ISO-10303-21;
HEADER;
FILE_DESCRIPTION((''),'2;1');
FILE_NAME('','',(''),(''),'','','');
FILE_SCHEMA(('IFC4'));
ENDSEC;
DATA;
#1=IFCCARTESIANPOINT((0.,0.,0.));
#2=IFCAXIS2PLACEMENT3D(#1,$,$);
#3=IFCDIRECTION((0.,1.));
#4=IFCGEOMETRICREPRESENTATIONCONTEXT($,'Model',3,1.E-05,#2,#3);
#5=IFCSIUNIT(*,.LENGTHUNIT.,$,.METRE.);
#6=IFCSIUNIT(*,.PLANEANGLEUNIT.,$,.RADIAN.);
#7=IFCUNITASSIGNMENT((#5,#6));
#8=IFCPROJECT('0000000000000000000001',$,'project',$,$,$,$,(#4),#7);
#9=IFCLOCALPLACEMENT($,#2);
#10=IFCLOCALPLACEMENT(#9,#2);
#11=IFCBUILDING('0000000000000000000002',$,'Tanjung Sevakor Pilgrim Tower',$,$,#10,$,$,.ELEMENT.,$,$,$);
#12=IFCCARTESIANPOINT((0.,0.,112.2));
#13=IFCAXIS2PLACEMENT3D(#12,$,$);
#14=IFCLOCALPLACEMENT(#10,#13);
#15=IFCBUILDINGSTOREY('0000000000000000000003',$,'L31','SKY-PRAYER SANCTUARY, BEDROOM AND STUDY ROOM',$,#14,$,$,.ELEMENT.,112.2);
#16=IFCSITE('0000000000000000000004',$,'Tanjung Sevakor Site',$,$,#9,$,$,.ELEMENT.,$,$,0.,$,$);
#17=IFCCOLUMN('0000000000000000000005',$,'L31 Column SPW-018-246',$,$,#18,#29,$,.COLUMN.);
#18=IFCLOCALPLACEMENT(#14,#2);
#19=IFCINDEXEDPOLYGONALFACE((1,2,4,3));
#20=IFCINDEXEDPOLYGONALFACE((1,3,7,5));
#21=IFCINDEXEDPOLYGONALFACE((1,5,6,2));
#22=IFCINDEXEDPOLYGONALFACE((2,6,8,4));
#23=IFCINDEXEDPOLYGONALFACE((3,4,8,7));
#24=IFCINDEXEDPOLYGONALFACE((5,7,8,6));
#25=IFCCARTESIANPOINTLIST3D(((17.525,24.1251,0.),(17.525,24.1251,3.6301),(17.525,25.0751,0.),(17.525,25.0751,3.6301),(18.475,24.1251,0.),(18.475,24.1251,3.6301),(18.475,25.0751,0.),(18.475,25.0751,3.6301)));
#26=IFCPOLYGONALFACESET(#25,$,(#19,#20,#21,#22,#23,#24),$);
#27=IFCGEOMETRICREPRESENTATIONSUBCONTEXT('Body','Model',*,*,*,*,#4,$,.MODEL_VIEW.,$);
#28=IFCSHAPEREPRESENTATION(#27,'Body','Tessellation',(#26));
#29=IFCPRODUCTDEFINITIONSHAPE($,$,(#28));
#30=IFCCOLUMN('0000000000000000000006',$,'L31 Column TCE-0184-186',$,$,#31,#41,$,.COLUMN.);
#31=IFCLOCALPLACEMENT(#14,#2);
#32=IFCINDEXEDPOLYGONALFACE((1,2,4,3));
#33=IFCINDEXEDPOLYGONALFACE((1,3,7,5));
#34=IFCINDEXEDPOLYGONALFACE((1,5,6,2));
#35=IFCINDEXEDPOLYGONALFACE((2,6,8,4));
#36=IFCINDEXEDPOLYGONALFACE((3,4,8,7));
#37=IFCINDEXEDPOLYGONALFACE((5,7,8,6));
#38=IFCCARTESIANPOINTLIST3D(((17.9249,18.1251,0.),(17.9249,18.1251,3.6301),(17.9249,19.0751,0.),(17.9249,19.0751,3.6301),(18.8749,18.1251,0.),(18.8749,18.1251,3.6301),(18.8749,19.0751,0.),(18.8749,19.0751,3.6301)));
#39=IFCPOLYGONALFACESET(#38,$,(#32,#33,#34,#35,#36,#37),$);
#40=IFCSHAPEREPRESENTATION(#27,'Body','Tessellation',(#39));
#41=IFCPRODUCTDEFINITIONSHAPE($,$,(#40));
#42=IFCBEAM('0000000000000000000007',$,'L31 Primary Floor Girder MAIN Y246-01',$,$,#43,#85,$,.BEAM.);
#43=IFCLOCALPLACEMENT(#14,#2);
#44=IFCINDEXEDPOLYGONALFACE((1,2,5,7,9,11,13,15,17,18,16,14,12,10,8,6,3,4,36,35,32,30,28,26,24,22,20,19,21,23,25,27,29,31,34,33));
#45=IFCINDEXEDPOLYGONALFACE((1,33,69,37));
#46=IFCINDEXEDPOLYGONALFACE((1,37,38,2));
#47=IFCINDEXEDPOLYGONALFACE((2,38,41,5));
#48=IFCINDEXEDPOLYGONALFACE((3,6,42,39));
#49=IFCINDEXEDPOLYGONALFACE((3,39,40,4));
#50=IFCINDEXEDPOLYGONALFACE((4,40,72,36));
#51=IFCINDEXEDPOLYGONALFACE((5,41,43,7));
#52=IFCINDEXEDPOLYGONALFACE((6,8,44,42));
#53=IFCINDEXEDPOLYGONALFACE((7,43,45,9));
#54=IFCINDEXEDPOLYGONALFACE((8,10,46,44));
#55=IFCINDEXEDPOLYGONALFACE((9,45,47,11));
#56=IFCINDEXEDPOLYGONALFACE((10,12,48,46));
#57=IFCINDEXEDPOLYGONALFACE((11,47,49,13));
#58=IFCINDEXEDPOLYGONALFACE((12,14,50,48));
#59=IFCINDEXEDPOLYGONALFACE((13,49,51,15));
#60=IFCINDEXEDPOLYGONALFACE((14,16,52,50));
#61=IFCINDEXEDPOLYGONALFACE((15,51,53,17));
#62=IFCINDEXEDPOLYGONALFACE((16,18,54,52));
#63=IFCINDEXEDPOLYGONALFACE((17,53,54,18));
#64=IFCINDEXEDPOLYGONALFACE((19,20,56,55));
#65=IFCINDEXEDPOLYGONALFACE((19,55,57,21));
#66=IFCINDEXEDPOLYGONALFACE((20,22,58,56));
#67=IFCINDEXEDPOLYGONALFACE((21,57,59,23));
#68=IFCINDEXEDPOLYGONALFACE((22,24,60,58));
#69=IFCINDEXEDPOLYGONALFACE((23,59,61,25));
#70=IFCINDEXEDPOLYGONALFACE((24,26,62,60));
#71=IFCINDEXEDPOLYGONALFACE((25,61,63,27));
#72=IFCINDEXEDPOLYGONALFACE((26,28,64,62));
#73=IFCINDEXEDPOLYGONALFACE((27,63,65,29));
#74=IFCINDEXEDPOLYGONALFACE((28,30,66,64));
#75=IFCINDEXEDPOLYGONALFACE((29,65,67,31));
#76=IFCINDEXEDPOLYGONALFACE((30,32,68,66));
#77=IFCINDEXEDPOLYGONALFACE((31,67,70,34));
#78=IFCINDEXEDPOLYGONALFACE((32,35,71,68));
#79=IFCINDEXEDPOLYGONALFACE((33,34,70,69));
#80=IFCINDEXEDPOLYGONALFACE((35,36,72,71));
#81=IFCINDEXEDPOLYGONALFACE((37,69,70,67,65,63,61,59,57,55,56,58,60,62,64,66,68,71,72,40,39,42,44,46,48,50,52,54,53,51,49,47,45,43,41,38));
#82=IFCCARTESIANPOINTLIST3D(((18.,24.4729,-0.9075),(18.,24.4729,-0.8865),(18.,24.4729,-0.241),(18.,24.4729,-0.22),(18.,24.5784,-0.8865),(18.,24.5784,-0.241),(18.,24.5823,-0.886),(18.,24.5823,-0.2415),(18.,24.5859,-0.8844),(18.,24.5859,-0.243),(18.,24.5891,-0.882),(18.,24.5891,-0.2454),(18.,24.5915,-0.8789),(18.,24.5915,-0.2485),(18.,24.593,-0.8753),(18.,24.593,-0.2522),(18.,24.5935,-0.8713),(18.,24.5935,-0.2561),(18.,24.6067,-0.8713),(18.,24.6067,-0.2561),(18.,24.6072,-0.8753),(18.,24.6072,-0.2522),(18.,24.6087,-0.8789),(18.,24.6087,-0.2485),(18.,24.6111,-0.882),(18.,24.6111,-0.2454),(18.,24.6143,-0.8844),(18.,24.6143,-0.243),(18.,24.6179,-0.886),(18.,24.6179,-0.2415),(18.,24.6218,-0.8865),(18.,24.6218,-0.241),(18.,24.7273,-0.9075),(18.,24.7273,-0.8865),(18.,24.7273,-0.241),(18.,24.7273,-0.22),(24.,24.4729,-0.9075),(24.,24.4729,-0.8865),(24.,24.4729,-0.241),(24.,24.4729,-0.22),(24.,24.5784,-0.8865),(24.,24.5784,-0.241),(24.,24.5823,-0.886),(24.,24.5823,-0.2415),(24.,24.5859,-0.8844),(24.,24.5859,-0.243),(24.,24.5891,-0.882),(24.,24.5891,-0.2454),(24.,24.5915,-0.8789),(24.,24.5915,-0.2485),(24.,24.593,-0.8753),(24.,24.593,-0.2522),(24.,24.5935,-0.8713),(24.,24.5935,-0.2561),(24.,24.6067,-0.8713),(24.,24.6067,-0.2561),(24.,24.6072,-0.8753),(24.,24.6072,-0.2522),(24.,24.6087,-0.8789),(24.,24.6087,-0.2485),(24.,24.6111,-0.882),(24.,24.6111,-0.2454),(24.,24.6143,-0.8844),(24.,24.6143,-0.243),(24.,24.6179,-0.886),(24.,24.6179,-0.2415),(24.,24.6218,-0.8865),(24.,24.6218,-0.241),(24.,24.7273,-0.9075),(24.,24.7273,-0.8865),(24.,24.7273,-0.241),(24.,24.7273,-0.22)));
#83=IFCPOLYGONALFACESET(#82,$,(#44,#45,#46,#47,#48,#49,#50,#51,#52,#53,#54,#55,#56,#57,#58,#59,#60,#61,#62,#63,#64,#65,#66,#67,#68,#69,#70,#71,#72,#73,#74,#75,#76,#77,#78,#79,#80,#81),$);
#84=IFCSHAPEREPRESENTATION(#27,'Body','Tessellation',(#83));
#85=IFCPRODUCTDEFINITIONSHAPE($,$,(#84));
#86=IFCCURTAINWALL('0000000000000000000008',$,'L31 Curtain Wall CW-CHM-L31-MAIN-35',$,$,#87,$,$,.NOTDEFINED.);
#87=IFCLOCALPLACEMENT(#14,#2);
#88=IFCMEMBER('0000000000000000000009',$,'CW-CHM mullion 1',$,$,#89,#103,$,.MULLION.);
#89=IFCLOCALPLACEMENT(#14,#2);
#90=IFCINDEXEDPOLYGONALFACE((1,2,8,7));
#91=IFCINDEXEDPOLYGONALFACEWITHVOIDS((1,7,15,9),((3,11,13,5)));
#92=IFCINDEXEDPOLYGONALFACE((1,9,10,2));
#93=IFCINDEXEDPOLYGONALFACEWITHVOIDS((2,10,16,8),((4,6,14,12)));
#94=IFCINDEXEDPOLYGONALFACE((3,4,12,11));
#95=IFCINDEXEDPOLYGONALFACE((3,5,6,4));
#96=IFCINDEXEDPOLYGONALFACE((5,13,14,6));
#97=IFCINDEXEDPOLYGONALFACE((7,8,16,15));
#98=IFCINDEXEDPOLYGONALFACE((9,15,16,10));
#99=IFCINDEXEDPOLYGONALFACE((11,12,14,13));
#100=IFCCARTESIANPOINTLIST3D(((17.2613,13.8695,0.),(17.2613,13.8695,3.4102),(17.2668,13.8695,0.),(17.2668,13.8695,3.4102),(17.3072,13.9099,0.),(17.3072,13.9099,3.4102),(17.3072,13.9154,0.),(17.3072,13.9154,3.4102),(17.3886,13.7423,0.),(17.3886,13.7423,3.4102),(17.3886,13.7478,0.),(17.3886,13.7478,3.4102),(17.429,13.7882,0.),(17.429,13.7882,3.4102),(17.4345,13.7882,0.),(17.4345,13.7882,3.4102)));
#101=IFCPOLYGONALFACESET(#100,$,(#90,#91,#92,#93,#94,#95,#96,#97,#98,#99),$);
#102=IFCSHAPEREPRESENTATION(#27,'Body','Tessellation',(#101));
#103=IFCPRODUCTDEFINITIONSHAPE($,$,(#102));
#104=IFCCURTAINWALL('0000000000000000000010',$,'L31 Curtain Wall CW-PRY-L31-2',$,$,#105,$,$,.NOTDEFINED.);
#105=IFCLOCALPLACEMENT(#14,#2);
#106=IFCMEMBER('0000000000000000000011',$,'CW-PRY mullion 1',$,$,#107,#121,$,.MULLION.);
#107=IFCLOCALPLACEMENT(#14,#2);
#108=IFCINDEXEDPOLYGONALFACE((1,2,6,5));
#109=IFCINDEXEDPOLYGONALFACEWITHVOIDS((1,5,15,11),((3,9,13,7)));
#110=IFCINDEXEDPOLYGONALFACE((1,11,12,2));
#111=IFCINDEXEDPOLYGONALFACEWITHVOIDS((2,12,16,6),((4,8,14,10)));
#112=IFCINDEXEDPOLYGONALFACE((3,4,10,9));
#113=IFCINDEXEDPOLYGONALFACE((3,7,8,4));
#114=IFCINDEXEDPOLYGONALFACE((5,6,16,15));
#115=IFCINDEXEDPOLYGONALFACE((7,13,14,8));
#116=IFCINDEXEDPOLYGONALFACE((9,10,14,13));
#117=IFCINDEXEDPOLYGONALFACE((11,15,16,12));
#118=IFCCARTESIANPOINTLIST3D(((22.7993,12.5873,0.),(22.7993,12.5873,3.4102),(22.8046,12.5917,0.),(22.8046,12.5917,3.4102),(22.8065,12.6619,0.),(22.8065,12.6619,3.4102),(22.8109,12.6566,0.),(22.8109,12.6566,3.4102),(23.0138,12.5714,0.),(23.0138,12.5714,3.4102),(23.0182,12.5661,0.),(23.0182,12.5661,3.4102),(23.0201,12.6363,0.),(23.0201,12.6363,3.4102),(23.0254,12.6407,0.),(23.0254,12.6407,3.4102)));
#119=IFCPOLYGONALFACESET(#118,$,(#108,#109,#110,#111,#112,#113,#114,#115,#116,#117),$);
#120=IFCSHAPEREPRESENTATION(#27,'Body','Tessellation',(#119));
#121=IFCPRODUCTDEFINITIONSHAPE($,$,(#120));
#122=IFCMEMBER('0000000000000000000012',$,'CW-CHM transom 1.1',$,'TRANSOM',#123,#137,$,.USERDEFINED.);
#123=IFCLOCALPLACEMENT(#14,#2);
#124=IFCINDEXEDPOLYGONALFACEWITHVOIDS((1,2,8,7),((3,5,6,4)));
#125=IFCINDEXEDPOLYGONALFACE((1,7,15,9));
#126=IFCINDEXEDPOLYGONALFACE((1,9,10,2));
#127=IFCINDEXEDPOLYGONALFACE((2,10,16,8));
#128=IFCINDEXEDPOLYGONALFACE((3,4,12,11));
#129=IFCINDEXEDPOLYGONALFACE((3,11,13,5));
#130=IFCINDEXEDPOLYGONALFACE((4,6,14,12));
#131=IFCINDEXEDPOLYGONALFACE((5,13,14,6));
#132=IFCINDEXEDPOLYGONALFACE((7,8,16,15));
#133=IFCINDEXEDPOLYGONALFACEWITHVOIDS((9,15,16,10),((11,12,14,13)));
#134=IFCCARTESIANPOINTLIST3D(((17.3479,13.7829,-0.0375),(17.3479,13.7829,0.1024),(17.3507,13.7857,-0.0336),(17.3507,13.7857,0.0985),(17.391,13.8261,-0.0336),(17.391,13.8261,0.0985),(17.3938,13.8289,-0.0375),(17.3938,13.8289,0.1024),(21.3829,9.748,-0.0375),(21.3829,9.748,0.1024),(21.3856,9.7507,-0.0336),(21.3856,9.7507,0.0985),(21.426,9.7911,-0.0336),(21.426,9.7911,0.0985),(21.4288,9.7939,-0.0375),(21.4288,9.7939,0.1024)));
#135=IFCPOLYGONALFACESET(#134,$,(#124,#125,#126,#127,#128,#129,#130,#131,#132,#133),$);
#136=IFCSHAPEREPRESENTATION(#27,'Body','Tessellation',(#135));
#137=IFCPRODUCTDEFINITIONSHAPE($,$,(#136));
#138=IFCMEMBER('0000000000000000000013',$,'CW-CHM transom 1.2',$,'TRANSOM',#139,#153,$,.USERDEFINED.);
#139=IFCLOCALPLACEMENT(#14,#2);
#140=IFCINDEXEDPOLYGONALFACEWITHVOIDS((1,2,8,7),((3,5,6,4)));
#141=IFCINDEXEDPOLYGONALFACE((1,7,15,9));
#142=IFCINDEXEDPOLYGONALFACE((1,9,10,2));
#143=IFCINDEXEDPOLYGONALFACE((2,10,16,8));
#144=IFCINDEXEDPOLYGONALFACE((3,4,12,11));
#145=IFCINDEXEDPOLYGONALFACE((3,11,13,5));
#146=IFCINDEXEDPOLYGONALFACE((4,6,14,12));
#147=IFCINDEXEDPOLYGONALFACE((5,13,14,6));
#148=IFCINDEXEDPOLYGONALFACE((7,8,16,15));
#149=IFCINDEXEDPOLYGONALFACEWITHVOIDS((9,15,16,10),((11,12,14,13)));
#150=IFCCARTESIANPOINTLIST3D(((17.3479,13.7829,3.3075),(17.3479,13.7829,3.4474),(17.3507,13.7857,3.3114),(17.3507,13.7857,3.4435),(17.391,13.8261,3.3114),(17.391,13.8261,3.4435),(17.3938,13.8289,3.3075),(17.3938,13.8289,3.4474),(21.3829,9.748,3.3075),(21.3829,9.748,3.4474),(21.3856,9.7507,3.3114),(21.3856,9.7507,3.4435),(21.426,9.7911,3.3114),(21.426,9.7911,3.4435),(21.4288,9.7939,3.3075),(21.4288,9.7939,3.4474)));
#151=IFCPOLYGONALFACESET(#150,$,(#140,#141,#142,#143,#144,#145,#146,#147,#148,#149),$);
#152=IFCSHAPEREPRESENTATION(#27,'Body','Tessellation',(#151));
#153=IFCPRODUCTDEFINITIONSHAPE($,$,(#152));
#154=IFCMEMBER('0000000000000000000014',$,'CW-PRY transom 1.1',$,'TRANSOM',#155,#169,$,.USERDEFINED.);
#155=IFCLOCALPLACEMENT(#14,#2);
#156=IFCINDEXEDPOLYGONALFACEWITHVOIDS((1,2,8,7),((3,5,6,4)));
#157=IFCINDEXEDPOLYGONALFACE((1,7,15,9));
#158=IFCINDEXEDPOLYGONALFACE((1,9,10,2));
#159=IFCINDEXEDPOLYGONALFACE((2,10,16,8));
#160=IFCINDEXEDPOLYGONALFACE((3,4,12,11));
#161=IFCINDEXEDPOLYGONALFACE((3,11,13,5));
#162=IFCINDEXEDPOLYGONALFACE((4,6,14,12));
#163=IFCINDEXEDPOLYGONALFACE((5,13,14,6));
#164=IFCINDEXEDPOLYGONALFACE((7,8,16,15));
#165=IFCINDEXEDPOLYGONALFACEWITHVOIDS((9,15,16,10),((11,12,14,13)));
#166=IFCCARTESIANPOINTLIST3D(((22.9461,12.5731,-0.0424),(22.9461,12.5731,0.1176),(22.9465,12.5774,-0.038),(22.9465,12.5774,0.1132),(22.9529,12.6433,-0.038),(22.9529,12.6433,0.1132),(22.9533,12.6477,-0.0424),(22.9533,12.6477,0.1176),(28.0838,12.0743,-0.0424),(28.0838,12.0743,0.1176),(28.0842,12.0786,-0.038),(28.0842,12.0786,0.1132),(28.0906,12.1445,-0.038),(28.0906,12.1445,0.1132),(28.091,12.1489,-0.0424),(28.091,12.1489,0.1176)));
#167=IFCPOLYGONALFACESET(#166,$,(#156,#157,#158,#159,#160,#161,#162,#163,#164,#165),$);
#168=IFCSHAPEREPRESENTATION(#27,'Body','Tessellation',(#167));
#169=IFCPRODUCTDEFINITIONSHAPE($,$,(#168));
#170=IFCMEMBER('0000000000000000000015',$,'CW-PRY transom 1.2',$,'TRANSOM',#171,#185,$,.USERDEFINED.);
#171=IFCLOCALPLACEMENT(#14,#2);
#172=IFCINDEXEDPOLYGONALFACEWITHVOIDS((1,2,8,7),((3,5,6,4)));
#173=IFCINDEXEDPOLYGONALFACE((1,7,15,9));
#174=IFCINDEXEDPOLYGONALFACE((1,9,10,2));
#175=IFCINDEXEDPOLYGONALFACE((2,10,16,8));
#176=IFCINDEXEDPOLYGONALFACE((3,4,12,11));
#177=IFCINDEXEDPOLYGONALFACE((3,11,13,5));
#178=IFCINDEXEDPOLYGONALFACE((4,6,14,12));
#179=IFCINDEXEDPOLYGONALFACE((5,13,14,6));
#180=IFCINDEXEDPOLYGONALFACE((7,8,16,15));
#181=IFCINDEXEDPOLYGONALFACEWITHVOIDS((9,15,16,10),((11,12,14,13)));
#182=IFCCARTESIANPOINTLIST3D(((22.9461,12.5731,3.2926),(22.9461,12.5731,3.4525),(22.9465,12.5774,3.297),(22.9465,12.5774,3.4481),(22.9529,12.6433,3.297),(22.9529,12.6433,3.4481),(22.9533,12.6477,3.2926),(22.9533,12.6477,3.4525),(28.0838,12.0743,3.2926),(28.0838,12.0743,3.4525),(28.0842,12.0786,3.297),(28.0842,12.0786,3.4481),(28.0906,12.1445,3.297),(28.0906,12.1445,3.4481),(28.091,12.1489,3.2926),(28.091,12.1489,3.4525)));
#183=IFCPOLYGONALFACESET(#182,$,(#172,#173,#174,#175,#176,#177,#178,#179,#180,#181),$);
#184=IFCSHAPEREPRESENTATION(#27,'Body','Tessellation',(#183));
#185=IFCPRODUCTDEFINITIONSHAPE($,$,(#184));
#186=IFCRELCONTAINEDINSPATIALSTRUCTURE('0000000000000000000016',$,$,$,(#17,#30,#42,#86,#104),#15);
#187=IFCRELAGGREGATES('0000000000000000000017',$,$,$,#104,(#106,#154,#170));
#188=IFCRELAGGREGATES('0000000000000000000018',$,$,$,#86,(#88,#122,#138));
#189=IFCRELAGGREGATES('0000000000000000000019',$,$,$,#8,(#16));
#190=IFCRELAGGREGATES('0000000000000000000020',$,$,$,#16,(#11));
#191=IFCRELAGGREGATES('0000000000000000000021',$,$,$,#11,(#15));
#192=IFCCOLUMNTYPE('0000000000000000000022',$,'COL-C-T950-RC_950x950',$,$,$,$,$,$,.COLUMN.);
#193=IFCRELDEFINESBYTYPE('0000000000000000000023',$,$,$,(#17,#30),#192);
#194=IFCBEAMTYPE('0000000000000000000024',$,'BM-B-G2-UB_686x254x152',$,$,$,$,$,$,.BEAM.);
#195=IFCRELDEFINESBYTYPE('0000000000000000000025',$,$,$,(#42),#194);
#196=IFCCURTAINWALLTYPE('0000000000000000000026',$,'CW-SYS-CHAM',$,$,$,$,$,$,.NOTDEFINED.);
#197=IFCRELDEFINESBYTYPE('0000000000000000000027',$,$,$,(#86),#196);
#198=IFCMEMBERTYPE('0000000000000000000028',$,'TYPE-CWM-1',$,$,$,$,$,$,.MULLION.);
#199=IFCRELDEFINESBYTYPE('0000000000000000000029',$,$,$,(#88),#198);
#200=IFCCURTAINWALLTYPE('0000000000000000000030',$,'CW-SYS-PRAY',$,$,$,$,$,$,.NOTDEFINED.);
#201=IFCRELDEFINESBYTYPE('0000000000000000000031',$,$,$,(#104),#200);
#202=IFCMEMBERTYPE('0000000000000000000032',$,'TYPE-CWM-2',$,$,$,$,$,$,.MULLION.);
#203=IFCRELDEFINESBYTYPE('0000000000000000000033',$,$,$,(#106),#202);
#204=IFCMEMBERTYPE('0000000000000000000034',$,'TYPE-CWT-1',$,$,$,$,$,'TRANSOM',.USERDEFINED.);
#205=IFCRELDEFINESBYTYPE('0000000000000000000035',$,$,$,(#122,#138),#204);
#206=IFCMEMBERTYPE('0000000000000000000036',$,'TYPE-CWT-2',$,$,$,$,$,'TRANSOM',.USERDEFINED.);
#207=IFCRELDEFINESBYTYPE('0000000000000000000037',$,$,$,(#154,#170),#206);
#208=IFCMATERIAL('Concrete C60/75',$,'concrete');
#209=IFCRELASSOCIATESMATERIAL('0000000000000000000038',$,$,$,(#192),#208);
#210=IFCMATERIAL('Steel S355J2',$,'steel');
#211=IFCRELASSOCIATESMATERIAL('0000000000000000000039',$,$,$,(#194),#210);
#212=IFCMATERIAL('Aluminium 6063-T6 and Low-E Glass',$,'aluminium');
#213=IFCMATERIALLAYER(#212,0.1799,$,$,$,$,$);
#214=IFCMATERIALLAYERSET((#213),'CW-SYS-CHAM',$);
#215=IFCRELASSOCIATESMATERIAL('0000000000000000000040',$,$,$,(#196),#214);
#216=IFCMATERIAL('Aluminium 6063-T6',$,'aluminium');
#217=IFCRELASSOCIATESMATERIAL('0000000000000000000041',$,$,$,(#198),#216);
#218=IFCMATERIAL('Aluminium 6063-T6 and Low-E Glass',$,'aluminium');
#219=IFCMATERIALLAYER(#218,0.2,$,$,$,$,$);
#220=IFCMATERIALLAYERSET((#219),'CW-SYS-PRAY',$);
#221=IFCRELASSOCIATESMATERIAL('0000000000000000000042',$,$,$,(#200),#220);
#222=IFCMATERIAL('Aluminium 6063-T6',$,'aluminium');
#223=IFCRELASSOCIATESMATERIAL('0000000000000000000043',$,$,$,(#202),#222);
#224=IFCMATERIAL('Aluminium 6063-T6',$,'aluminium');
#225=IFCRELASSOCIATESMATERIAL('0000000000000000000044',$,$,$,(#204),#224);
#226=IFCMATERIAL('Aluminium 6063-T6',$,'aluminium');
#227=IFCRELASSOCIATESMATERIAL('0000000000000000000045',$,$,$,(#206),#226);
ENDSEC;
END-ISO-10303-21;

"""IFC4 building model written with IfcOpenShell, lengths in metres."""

from ifc_helpers import new_model, si_unit, direction, frame, origin, origin_2d, place, context, subcontext, project, spatial, rectangle, hollow_rectangle, i_section, extrude, material, layer, layer_set, material_profile, profile_set, type_object, element, aggregate, save


model = new_model("IFC4")

# Units and contexts
model_context = context("Model", 3, precision=1e-05, world=origin(), true_north=direction((0.0, 1.0)))
body_context = subcontext(model_context, "Body", "Model", "MODEL_VIEW")
ifc_project = project(units=[si_unit("LENGTHUNIT", "METRE"), si_unit("PLANEANGLEUNIT", "RADIAN")], contexts=[model_context])

# Site, building, storey
site_placement = place(None, origin())
site = spatial("IfcSite", under=ifc_project, at=site_placement, Name="Tanjung Sevakor Site", CompositionType="ELEMENT", RefElevation=0.0)
building_placement = place(site_placement, origin())
building = spatial("IfcBuilding", under=site, at=building_placement, Name="Tanjung Sevakor Pilgrim Tower", CompositionType="ELEMENT")
storey_placement = place(building_placement, frame((0.0, 0.0, 112.2)))
storey = spatial("IfcBuildingStorey", under=building, at=storey_placement, Name="L31", Description="SKY-PRAYER SANCTUARY, BEDROOM AND STUDY ROOM", CompositionType="ELEMENT", Elevation=112.2)

# Columns
ifc_material_1 = material(Name="Concrete C60/75", Category="concrete")
ifc_material_profile_1 = material_profile(ifc_material_1, rectangle(XDim=0.95, YDim=0.95, at=origin_2d()))
ifc_profile_set_1 = profile_set([ifc_material_profile_1], Name="Concrete C60/75")
column_type = type_object("IfcColumnType", Name="COL-C-T950-RC_950x950", PredefinedType="COLUMN", material=ifc_profile_set_1)
for number, where, z_axis, x_axis, name in (
    (1, (18.0, 24.6001, 0.0), (0.0, 0.0, 1.0), (1.0, 0.0, 0.0), "L31 Column SPW-018-246"),
    (2, (18.3999, 18.6001, 0.0), (0.0, 0.0, 1.0), (1.0, 0.0, 0.0), "L31 Column TCE-0184-186"),
):
    element("IfcColumn", number, at=place(storey_placement, frame(where, z_axis=z_axis, x_axis=x_axis)), inside=storey, type_object=column_type, Name=name, PredefinedType="COLUMN", context=body_context, shape_type="SweptSolid", body=[
        extrude(rectangle(XDim=0.95, YDim=0.95, at=origin_2d()), origin(), (0.0, 0.0, 1.0), 3.6301),
    ])

# Beam
ifc_material_2 = material(Name="Steel S355J2", Category="steel")
ifc_material_profile_2 = material_profile(ifc_material_2, i_section(OverallWidth=0.2544, OverallDepth=0.6875, WebThickness=0.0132, FlangeThickness=0.021, FilletRadius=0.0151, at=origin_2d()))
ifc_profile_set_2 = profile_set([ifc_material_profile_2], Name="Steel S355J2")
beam_type = type_object("IfcBeamType", Name="BM-B-G2-UB_686x254x152", PredefinedType="BEAM", material=ifc_profile_set_2)
beam_placement = place(storey_placement, frame((18.0, 24.6001, -0.5637), z_axis=(1.0, 0.0, 0.0), x_axis=(0.0, 1.0, 0.0)))
element("IfcBeam", 3, at=beam_placement, inside=storey, type_object=beam_type, Name="L31 Primary Floor Girder MAIN Y246-01", PredefinedType="BEAM", context=body_context, shape_type="SweptSolid", body=[
    extrude(i_section(OverallWidth=0.2544, OverallDepth=0.6875, WebThickness=0.0132, FlangeThickness=0.021, FilletRadius=0.0151, at=origin_2d()), origin(), (0.0, 0.0, 1.0), 6.0),
])

# Curtain walls, members
ifc_material_3 = material(Name="Aluminium 6063-T6 and Low-E Glass", Category="aluminium")
ifc_layer_1 = layer(ifc_material_3, 0.1799)
ifc_layer_set_1 = layer_set([ifc_layer_1], Name="CW-SYS-CHAM")
curtain_wall_type_1 = type_object("IfcCurtainWallType", Name="CW-SYS-CHAM", PredefinedType="NOTDEFINED", material=ifc_layer_set_1)
curtain_wall_1_placement = place(storey_placement, origin())
curtain_wall_1 = element("IfcCurtainWall", 4, at=curtain_wall_1_placement, inside=storey, type_object=curtain_wall_type_1, Name="L31 Curtain Wall CW-CHM-L31-MAIN-35", PredefinedType="NOTDEFINED")
ifc_material_4 = material(Name="Aluminium 6063-T6", Category="aluminium")
ifc_material_profile_3 = material_profile(ifc_material_4, hollow_rectangle(XDim=0.0649, YDim=0.1799, WallThickness=0.0039, at=origin_2d()))
ifc_profile_set_3 = profile_set([ifc_material_profile_3], Name="Aluminium 6063-T6")
member_type_1 = type_object("IfcMemberType", Name="TYPE-CWM-1", PredefinedType="MULLION", material=ifc_profile_set_3)
member_1_placement = place(storey_placement, frame((17.3479, 13.8289, 0.0), z_axis=(0.0, 0.0, 1.0), x_axis=(0.707107, 0.707107, 0.0)))
member_1 = element("IfcMember", 5, at=member_1_placement, type_object=member_type_1, Name="CW-CHM mullion 1", PredefinedType="MULLION", context=body_context, shape_type="SweptSolid", body=[
    extrude(hollow_rectangle(XDim=0.0649, YDim=0.1799, WallThickness=0.0039, at=origin_2d()), origin(), (0.0, 0.0, 1.0), 3.4102),
])
ifc_material_5 = material(Name="Aluminium 6063-T6 and Low-E Glass", Category="aluminium")
ifc_layer_2 = layer(ifc_material_5, 0.2)
ifc_layer_set_2 = layer_set([ifc_layer_2], Name="CW-SYS-PRAY")
curtain_wall_type_2 = type_object("IfcCurtainWallType", Name="CW-SYS-PRAY", PredefinedType="NOTDEFINED", material=ifc_layer_set_2)
curtain_wall_2_placement = place(storey_placement, origin())
curtain_wall_2 = element("IfcCurtainWall", 6, at=curtain_wall_2_placement, inside=storey, type_object=curtain_wall_type_2, Name="L31 Curtain Wall CW-PRY-L31-2", PredefinedType="NOTDEFINED")
ifc_material_6 = material(Name="Aluminium 6063-T6", Category="aluminium")
ifc_material_profile_4 = material_profile(ifc_material_6, hollow_rectangle(XDim=0.075, YDim=0.22, WallThickness=0.0049, at=origin_2d()))
ifc_profile_set_4 = profile_set([ifc_material_profile_4], Name="Aluminium 6063-T6")
member_type_2 = type_object("IfcMemberType", Name="TYPE-CWM-2", PredefinedType="MULLION", material=ifc_profile_set_4)
member_2_placement = place(storey_placement, frame((22.9124, 12.614, 0.0), z_axis=(0.0, 0.0, 1.0), x_axis=(0.096631, 0.99532, 0.0)))
member_2 = element("IfcMember", 7, at=member_2_placement, type_object=member_type_2, Name="CW-PRY mullion 1", PredefinedType="MULLION", context=body_context, shape_type="SweptSolid", body=[
    extrude(hollow_rectangle(XDim=0.075, YDim=0.22, WallThickness=0.0049, at=origin_2d()), origin(), (0.0, 0.0, 1.0), 3.4102),
])

# Members
ifc_material_7 = material(Name="Aluminium 6063-T6", Category="aluminium")
ifc_material_profile_5 = material_profile(ifc_material_7, hollow_rectangle(XDim=0.0649, YDim=0.1399, WallThickness=0.0039, at=origin_2d()))
ifc_profile_set_5 = profile_set([ifc_material_profile_5], Name="Aluminium 6063-T6")
member_type_3 = type_object("IfcMemberType", Name="TYPE-CWT-1", ElementType="TRANSOM", PredefinedType="USERDEFINED", material=ifc_profile_set_5)
member_3_placement = place(storey_placement, frame((17.3708, 13.8059, 0.0325), z_axis=(0.707107, -0.707107, 0.0), x_axis=(0.707107, 0.707107, 0.0)))
member_3 = element("IfcMember", 8, at=member_3_placement, type_object=member_type_3, Name="CW-CHM transom 1.1", ObjectType="TRANSOM", PredefinedType="USERDEFINED", context=body_context, shape_type="SweptSolid", body=[
    extrude(hollow_rectangle(XDim=0.0649, YDim=0.1399, WallThickness=0.0039, at=origin_2d()), origin(), (0.0, 0.0, 1.0), 5.7063),
])
member_4_placement = place(storey_placement, frame((17.3708, 13.8059, 3.3774), z_axis=(0.707107, -0.707107, 0.0), x_axis=(0.707107, 0.707107, 0.0)))
member_4 = element("IfcMember", 9, at=member_4_placement, type_object=member_type_3, Name="CW-CHM transom 1.2", ObjectType="TRANSOM", PredefinedType="USERDEFINED", context=body_context, shape_type="SweptSolid", body=[
    extrude(hollow_rectangle(XDim=0.0649, YDim=0.1399, WallThickness=0.0039, at=origin_2d()), origin(), (0.0, 0.0, 1.0), 5.7063),
])
ifc_material_8 = material(Name="Aluminium 6063-T6", Category="aluminium")
ifc_material_profile_6 = material_profile(ifc_material_8, hollow_rectangle(XDim=0.075, YDim=0.1599, WallThickness=0.0044, at=origin_2d()))
ifc_profile_set_6 = profile_set([ifc_material_profile_6], Name="Aluminium 6063-T6")
member_type_4 = type_object("IfcMemberType", Name="TYPE-CWT-2", ElementType="TRANSOM", PredefinedType="USERDEFINED", material=ifc_profile_set_6)
member_5_placement = place(storey_placement, frame((22.9497, 12.6104, 0.0376), z_axis=(0.995321, -0.096628, 0.0), x_axis=(0.096628, 0.995321, 0.0)))
member_5 = element("IfcMember", 10, at=member_5_placement, type_object=member_type_4, Name="CW-PRY transom 1.1", ObjectType="TRANSOM", PredefinedType="USERDEFINED", context=body_context, shape_type="SweptSolid", body=[
    extrude(hollow_rectangle(XDim=0.075, YDim=0.1599, WallThickness=0.0044, at=origin_2d()), origin(), (0.0, 0.0, 1.0), 5.1619),
])
member_6_placement = place(storey_placement, frame((22.9497, 12.6104, 3.3726), z_axis=(0.995321, -0.096628, 0.0), x_axis=(0.096628, 0.995321, 0.0)))
member_6 = element("IfcMember", 11, at=member_6_placement, type_object=member_type_4, Name="CW-PRY transom 1.2", ObjectType="TRANSOM", PredefinedType="USERDEFINED", context=body_context, shape_type="SweptSolid", body=[
    extrude(hollow_rectangle(XDim=0.075, YDim=0.1599, WallThickness=0.0044, at=origin_2d()), origin(), (0.0, 0.0, 1.0), 5.1619),
])
aggregate(curtain_wall_2, [member_2, member_5, member_6])

aggregate(curtain_wall_1, [member_1, member_3, member_4])

save(model, "model.ifc")
